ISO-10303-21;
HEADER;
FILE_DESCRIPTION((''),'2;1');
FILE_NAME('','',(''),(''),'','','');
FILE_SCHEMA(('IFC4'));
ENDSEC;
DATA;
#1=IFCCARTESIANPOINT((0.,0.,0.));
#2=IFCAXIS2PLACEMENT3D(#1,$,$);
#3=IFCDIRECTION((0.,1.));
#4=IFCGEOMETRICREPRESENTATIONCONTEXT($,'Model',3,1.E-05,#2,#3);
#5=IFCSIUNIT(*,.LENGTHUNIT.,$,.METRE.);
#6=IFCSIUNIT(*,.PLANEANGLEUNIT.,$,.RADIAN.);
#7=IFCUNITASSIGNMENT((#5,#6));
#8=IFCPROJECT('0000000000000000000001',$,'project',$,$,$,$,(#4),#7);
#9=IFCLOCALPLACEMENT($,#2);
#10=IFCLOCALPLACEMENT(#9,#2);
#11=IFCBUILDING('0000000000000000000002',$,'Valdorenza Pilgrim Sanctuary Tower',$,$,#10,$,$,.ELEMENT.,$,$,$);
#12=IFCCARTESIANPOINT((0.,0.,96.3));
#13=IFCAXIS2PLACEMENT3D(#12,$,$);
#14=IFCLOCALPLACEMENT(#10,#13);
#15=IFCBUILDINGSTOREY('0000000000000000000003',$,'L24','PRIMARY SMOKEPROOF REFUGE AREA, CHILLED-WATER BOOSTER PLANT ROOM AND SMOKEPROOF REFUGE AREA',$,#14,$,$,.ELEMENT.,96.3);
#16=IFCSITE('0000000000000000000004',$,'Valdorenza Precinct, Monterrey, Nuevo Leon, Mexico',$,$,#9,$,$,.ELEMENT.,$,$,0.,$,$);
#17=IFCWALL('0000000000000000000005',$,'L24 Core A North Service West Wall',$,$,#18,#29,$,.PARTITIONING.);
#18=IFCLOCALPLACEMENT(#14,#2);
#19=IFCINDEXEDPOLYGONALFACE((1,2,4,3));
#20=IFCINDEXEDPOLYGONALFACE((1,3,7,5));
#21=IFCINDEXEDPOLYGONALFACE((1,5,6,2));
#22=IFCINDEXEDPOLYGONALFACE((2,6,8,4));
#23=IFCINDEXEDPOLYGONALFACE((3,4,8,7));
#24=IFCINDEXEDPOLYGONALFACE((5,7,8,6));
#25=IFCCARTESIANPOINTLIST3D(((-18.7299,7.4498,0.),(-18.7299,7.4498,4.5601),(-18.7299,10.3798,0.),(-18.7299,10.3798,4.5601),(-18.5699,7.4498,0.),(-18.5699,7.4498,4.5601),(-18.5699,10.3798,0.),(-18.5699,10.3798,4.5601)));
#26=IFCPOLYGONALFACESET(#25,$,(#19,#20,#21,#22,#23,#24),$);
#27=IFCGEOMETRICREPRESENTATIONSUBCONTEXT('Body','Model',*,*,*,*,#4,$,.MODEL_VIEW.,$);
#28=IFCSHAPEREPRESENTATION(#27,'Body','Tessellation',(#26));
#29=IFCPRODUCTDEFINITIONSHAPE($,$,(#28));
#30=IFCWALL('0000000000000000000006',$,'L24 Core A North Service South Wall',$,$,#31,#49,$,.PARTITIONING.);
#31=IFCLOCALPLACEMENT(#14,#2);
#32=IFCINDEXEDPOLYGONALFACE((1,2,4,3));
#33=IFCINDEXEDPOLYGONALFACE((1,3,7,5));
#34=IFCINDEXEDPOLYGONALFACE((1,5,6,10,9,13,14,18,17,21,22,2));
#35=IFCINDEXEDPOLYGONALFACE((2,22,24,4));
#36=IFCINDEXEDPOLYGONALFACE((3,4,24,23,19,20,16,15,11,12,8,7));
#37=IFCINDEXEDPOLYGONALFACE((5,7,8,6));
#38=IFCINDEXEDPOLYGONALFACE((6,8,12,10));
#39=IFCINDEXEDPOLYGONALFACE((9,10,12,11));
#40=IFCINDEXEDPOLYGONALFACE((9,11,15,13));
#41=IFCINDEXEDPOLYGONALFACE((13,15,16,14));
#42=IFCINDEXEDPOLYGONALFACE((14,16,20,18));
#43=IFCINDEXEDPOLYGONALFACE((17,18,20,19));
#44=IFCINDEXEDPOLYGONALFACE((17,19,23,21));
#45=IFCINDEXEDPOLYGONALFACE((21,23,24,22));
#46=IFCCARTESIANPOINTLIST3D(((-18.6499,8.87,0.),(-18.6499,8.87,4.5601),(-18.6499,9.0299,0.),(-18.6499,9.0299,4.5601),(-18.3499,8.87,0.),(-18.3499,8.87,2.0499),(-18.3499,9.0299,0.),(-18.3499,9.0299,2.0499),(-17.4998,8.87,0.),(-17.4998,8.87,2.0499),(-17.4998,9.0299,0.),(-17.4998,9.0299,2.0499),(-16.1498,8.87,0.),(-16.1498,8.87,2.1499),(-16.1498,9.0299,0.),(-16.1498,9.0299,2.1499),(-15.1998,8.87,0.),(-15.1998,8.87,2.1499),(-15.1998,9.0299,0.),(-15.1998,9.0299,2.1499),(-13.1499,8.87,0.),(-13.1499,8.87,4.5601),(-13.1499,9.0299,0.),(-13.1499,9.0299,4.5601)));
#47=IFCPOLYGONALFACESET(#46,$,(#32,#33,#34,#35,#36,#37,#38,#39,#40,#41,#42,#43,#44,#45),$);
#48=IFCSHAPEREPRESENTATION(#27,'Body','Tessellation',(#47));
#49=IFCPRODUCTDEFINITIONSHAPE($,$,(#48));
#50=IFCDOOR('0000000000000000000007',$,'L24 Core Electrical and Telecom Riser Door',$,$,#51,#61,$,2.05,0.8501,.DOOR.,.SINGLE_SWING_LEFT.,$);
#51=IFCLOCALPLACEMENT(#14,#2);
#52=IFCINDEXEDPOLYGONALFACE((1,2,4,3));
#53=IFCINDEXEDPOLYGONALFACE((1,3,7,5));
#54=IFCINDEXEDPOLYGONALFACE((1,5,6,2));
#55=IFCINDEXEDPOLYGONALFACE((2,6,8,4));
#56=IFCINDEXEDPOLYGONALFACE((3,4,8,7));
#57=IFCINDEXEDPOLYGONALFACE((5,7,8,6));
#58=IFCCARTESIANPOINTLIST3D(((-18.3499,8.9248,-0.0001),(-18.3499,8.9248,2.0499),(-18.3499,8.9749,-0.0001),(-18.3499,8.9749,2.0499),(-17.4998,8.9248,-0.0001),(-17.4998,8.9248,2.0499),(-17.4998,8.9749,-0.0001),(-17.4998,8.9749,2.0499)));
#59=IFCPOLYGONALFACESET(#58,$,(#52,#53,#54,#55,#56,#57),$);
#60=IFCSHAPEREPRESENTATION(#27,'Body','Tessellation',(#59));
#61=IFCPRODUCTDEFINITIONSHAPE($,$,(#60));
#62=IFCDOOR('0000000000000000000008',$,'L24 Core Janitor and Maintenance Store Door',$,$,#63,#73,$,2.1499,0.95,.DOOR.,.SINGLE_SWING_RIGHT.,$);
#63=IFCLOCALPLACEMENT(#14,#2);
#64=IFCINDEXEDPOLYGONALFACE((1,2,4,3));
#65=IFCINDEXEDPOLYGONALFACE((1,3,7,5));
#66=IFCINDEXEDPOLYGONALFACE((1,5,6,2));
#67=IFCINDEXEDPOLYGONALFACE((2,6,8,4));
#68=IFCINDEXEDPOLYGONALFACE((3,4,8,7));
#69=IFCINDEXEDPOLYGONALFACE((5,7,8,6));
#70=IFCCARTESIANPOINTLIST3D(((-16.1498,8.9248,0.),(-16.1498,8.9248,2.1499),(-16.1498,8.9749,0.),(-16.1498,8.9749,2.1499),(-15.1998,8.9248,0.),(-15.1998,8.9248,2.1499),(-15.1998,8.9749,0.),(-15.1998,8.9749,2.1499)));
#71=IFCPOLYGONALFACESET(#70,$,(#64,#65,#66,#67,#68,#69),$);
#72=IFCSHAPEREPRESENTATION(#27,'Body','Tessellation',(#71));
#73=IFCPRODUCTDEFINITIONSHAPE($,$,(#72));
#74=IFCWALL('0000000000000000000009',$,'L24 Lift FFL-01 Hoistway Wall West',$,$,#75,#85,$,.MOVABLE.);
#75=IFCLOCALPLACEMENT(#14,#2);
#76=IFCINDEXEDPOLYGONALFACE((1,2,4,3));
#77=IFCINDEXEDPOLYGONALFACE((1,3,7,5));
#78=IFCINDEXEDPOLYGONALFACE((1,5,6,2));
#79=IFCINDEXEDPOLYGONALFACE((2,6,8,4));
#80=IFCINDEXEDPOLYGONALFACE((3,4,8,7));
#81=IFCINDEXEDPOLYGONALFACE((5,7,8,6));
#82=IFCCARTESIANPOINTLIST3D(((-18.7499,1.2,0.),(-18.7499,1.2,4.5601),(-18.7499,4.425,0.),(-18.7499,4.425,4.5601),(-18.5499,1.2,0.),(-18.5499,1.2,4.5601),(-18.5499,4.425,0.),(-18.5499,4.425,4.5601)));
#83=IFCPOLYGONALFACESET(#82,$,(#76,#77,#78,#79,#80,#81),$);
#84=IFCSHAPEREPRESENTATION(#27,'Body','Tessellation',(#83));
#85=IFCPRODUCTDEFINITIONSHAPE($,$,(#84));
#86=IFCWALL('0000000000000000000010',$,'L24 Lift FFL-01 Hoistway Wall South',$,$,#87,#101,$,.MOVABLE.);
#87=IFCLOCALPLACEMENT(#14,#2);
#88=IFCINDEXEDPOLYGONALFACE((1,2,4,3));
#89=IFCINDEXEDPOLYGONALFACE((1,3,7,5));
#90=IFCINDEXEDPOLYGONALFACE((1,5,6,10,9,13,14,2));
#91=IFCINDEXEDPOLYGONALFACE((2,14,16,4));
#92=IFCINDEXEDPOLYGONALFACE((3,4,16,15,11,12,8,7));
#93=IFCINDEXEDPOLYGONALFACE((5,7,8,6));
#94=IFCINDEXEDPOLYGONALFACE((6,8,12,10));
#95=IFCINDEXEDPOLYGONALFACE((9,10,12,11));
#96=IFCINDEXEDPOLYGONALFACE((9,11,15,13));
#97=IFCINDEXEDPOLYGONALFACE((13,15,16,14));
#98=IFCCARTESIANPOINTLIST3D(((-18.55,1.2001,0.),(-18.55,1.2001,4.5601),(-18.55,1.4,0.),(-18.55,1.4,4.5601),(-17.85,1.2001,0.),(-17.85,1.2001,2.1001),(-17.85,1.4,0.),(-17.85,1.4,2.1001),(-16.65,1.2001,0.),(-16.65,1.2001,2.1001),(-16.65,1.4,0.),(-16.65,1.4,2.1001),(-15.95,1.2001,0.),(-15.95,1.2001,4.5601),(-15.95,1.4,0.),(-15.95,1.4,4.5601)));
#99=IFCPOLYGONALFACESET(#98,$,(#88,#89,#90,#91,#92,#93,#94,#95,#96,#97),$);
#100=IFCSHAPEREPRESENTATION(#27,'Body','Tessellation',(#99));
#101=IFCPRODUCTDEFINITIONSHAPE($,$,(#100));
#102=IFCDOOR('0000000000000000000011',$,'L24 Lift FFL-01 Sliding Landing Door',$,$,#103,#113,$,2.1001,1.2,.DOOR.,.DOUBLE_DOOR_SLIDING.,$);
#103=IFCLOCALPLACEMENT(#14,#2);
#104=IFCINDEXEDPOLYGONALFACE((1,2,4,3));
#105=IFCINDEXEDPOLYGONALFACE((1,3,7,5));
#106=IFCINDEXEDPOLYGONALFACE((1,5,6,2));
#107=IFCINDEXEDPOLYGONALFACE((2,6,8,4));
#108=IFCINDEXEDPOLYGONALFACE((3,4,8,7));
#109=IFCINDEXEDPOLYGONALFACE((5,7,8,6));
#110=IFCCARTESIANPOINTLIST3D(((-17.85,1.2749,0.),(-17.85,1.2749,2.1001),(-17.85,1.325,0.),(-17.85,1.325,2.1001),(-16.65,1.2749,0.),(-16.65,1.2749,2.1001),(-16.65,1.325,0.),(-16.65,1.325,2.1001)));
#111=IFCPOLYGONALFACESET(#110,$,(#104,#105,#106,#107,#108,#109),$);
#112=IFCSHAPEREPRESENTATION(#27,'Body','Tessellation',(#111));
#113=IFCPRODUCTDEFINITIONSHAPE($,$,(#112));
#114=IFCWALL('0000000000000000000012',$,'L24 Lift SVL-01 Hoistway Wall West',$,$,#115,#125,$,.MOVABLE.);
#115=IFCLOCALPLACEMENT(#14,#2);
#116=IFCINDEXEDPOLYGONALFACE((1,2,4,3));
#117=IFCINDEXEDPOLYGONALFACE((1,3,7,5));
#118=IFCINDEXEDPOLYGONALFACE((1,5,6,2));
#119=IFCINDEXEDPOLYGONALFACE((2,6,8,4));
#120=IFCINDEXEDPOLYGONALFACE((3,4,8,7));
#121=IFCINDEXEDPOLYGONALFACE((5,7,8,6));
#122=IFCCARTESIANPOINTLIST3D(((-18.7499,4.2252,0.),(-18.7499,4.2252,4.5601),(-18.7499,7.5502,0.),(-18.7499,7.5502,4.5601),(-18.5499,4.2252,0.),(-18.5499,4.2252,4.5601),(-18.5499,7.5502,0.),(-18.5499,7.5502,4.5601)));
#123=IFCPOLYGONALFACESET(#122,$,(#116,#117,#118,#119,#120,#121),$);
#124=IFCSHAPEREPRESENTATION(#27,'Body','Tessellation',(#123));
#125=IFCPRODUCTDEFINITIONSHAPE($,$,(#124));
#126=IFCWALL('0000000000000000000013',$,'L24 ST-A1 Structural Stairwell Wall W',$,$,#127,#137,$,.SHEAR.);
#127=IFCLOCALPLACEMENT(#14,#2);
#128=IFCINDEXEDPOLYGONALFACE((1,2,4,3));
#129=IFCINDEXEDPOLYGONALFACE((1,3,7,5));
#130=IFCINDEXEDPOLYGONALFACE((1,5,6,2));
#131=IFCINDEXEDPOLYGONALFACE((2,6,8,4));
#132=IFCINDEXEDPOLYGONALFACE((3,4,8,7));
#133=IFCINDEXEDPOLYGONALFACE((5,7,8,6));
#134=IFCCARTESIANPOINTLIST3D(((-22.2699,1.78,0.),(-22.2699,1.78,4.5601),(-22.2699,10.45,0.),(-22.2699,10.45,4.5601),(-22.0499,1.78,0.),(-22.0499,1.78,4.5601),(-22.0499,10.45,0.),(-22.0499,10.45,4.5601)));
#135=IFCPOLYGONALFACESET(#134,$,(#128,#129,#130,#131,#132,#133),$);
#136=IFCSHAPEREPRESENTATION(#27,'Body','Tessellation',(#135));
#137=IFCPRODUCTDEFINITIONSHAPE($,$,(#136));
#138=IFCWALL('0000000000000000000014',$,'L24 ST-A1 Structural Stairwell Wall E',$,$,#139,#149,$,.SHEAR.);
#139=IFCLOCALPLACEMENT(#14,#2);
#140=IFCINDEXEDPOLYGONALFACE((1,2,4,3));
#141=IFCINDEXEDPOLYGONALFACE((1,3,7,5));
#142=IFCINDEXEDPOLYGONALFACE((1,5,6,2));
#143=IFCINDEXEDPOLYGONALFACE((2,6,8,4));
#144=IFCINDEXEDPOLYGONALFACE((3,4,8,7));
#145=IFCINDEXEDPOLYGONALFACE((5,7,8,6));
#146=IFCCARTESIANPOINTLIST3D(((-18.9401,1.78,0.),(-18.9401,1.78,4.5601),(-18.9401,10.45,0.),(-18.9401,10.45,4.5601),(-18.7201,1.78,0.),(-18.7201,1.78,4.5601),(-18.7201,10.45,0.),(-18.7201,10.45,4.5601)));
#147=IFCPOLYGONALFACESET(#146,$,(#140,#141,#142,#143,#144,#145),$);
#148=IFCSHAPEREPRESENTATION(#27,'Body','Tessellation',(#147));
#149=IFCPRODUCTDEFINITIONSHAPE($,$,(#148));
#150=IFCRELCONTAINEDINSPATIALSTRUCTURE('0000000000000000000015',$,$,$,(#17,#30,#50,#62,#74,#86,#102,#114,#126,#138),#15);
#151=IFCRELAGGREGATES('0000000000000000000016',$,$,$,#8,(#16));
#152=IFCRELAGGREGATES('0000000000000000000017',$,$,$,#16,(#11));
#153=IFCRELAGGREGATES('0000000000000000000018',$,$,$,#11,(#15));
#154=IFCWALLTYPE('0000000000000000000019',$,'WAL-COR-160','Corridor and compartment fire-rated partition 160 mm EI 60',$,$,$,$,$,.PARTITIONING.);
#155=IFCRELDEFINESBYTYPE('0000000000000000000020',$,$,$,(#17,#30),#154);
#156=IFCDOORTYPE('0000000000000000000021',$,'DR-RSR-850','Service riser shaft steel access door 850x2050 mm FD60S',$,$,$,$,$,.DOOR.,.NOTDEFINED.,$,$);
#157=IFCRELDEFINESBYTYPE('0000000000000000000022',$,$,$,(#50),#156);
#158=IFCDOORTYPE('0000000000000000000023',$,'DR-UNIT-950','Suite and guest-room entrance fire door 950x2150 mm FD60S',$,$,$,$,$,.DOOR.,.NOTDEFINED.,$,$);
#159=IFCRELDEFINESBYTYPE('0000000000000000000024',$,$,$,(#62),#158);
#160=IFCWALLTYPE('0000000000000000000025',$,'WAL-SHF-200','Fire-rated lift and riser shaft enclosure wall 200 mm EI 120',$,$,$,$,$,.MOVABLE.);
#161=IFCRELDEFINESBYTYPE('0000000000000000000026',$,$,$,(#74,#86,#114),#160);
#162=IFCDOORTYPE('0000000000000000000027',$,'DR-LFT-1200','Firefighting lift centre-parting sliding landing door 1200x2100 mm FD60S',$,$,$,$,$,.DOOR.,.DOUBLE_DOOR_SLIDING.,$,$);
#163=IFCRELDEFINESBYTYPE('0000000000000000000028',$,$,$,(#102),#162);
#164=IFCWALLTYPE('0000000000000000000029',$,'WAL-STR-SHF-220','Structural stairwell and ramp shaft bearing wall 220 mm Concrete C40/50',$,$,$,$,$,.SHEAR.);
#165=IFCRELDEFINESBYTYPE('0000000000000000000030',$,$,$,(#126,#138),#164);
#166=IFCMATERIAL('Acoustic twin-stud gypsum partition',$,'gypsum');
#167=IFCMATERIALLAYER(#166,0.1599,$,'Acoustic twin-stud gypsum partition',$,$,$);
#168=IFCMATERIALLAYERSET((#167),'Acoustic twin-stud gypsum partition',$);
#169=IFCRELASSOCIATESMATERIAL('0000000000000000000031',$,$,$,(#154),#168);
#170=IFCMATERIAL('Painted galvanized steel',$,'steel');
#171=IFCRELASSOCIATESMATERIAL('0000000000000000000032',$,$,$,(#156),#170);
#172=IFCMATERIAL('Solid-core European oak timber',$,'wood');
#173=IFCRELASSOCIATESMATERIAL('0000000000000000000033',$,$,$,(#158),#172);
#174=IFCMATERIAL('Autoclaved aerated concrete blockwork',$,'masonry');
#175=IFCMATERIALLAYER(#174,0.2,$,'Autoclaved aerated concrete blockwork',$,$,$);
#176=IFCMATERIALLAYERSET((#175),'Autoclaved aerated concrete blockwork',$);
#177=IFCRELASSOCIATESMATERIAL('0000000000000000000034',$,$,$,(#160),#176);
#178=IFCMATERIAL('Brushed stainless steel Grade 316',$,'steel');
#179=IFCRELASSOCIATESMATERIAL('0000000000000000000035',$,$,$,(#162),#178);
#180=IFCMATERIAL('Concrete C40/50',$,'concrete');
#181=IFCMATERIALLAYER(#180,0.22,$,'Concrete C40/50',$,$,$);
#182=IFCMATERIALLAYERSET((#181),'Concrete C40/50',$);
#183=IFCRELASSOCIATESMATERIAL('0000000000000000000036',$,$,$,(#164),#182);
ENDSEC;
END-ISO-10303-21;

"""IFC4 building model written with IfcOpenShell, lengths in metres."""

from ifc_helpers import new_model, si_unit, direction, frame, frame_2d, origin, place, context, subcontext, project, spatial, rectangle, extrude, material, layer, layer_set, type_object, element, fill, save


model = new_model("IFC4")

# Units and contexts
model_context = context("Model", 3, precision=1e-05, world=origin(), true_north=direction((0.0, 1.0)))
body_context = subcontext(model_context, "Body", "Model", "MODEL_VIEW")
ifc_project = project(units=[si_unit("LENGTHUNIT", "METRE"), si_unit("PLANEANGLEUNIT", "RADIAN")], contexts=[model_context])

# Site, building, storey
site_placement = place(None, origin())
site = spatial("IfcSite", under=ifc_project, at=site_placement, Name="Valdorenza Precinct, Monterrey, Nuevo Leon, Mexico", CompositionType="ELEMENT", RefElevation=0.0)
building_placement = place(site_placement, origin())
building = spatial("IfcBuilding", under=site, at=building_placement, Name="Valdorenza Pilgrim Sanctuary Tower", CompositionType="ELEMENT")
storey_placement = place(building_placement, frame((0.0, 0.0, 96.3)))
storey = spatial("IfcBuildingStorey", under=building, at=storey_placement, Name="L24", Description="PRIMARY SMOKEPROOF REFUGE AREA, CHILLED-WATER BOOSTER PLANT ROOM AND SMOKEPROOF REFUGE AREA", CompositionType="ELEMENT", Elevation=96.3)

# Wall
ifc_material_1 = material(Name="Acoustic twin-stud gypsum partition", Category="gypsum")
ifc_layer_1 = layer(ifc_material_1, 0.1599, Name="Acoustic twin-stud gypsum partition")
ifc_layer_set_1 = layer_set([ifc_layer_1], Name="Acoustic twin-stud gypsum partition")
wall_type_1 = type_object("IfcWallType", Name="WAL-COR-160", Description="Corridor and compartment fire-rated partition 160 mm EI 60", PredefinedType="PARTITIONING", material=ifc_layer_set_1)
wall_1_placement = place(storey_placement, frame((-18.6499, 7.45, 0.0), z_axis=(0.0, 0.0, 1.0), x_axis=(0.0, 1.0, 0.0)))
element("IfcWall", 1, at=wall_1_placement, inside=storey, type_object=wall_type_1, Name="L24 Core A North Service West Wall", PredefinedType="PARTITIONING", context=body_context, shape_type="SweptSolid", body=[
    extrude(rectangle(XDim=2.9299, YDim=0.1599, at=frame_2d((1.4648, 0.0))), origin(), (0.0, 0.0, 1.0), 4.5601),
])

# Wall, openings, doors
wall_2_placement = place(storey_placement, frame((-18.6499, 8.95, 0.0), z_axis=(0.0, 0.0, 1.0), x_axis=(1.0, 0.0, 0.0)))
wall_2 = element("IfcWall", 2, at=wall_2_placement, inside=storey, type_object=wall_type_1, Name="L24 Core A North Service South Wall", PredefinedType="PARTITIONING", context=body_context, shape_type="SweptSolid", body=[
    extrude(rectangle(XDim=5.5, YDim=0.1599, at=frame_2d((2.75, 0.0))), origin(), (0.0, 0.0, 1.0), 4.5601),
])
opening_1_placement = place(wall_2_placement, frame((0.3, 0.0, 0.0)))
opening_1 = element("IfcOpeningElement", 3, at=opening_1_placement, cuts=wall_2, PredefinedType="OPENING", context=body_context, shape_type="SweptSolid", body=[
    extrude(rectangle(XDim=0.8501, YDim=2.05, at=frame_2d((0.425, 1.0249))), frame((0.0, 0.0947, 0.0), z_axis=(0.0, -1.0, 0.0), x_axis=(1.0, 0.0, 0.0)), (0.0, 0.0, 1.0), 0.1897),
])
opening_2_placement = place(wall_2_placement, frame((2.5, 0.0, 0.0)))
opening_2 = element("IfcOpeningElement", 4, at=opening_2_placement, cuts=wall_2, PredefinedType="OPENING", context=body_context, shape_type="SweptSolid", body=[
    extrude(rectangle(XDim=0.95, YDim=2.1499, at=frame_2d((0.4751, 1.075))), frame((0.0, 0.0947, 0.0), z_axis=(0.0, -1.0, 0.0), x_axis=(1.0, 0.0, 0.0)), (0.0, 0.0, 1.0), 0.1897),
])
ifc_material_2 = material(Name="Painted galvanized steel", Category="steel")
door_type_1 = type_object("IfcDoorType", Name="DR-RSR-850", Description="Service riser shaft steel access door 850x2050 mm FD60S", OperationType="NOTDEFINED", PredefinedType="DOOR", material=ifc_material_2)
door_1_placement = place(opening_1_placement, origin())
door_1 = element("IfcDoor", 5, at=door_1_placement, inside=storey, type_object=door_type_1, Name="L24 Core Electrical and Telecom Riser Door", OperationType="SINGLE_SWING_LEFT", OverallHeight=2.05, OverallWidth=0.8501, PredefinedType="DOOR", context=body_context, shape_type="SweptSolid", body=[
    extrude(rectangle(XDim=0.8501, YDim=2.05, at=frame_2d((0.425, 1.0249))), frame((0.0, 0.0249, 0.0), z_axis=(0.0, -1.0, 0.0), x_axis=(1.0, 0.0, 0.0)), (0.0, 0.0, 1.0), 0.05),
])
fill(opening_1, door_1)
ifc_material_3 = material(Name="Solid-core European oak timber", Category="wood")
door_type_2 = type_object("IfcDoorType", Name="DR-UNIT-950", Description="Suite and guest-room entrance fire door 950x2150 mm FD60S", OperationType="NOTDEFINED", PredefinedType="DOOR", material=ifc_material_3)
door_2_placement = place(opening_2_placement, origin())
door_2 = element("IfcDoor", 6, at=door_2_placement, inside=storey, type_object=door_type_2, Name="L24 Core Janitor and Maintenance Store Door", OperationType="SINGLE_SWING_RIGHT", OverallHeight=2.1499, OverallWidth=0.95, PredefinedType="DOOR", context=body_context, shape_type="SweptSolid", body=[
    extrude(rectangle(XDim=0.95, YDim=2.1499, at=frame_2d((0.4751, 1.075))), frame((0.0, 0.0249, 0.0), z_axis=(0.0, -1.0, 0.0), x_axis=(1.0, 0.0, 0.0)), (0.0, 0.0, 1.0), 0.05),
])
fill(opening_2, door_2)

# Wall
ifc_material_4 = material(Name="Autoclaved aerated concrete blockwork", Category="masonry")
ifc_layer_2 = layer(ifc_material_4, 0.2, Name="Autoclaved aerated concrete blockwork")
ifc_layer_set_2 = layer_set([ifc_layer_2], Name="Autoclaved aerated concrete blockwork")
wall_type_2 = type_object("IfcWallType", Name="WAL-SHF-200", Description="Fire-rated lift and riser shaft enclosure wall 200 mm EI 120", PredefinedType="MOVABLE", material=ifc_layer_set_2)
wall_3_placement = place(storey_placement, frame((-18.6499, 1.2, 0.0), z_axis=(0.0, 0.0, 1.0), x_axis=(0.0, 1.0, 0.0)))
element("IfcWall", 7, at=wall_3_placement, inside=storey, type_object=wall_type_2, Name="L24 Lift FFL-01 Hoistway Wall West", PredefinedType="MOVABLE", context=body_context, shape_type="SweptSolid", body=[
    extrude(rectangle(XDim=3.2251, YDim=0.2, at=frame_2d((1.6125, 0.0))), origin(), (0.0, 0.0, 1.0), 4.5601),
])

# Wall, opening, door
wall_4_placement = place(storey_placement, frame((-18.55, 1.3, 0.0), z_axis=(0.0, 0.0, 1.0), x_axis=(1.0, 0.0, 0.0)))
wall_4 = element("IfcWall", 8, at=wall_4_placement, inside=storey, type_object=wall_type_2, Name="L24 Lift FFL-01 Hoistway Wall South", PredefinedType="MOVABLE", context=body_context, shape_type="SweptSolid", body=[
    extrude(rectangle(XDim=2.6001, YDim=0.2, at=frame_2d((1.3, 0.0))), origin(), (0.0, 0.0, 1.0), 4.5601),
])
opening_3_placement = place(wall_4_placement, frame((0.7, 0.0, 0.0)))
opening_3 = element("IfcOpeningElement", 9, at=opening_3_placement, cuts=wall_4, PredefinedType="OPENING", context=body_context, shape_type="SweptSolid", body=[
    extrude(rectangle(XDim=1.2, YDim=2.1001, at=frame_2d((0.6001, 1.05))), frame((0.0, 0.1147, 0.0), z_axis=(0.0, -1.0, 0.0), x_axis=(1.0, 0.0, 0.0)), (0.0, 0.0, 1.0), 0.2297),
])
ifc_material_5 = material(Name="Brushed stainless steel Grade 316", Category="steel")
door_type_3 = type_object("IfcDoorType", Name="DR-LFT-1200", Description="Firefighting lift centre-parting sliding landing door 1200x2100 mm FD60S", OperationType="DOUBLE_DOOR_SLIDING", PredefinedType="DOOR", material=ifc_material_5)
door_3_placement = place(opening_3_placement, origin())
door_3 = element("IfcDoor", 10, at=door_3_placement, inside=storey, type_object=door_type_3, Name="L24 Lift FFL-01 Sliding Landing Door", OperationType="DOUBLE_DOOR_SLIDING", OverallHeight=2.1001, OverallWidth=1.2, PredefinedType="DOOR", context=body_context, shape_type="SweptSolid", body=[
    extrude(rectangle(XDim=1.2, YDim=2.1001, at=frame_2d((0.6001, 1.05))), frame((0.0, 0.0249, 0.0), z_axis=(0.0, -1.0, 0.0), x_axis=(1.0, 0.0, 0.0)), (0.0, 0.0, 1.0), 0.05),
])
fill(opening_3, door_3)

# Walls
wall_5_placement = place(storey_placement, frame((-18.6499, 4.2251, 0.0), z_axis=(0.0, 0.0, 1.0), x_axis=(0.0, 1.0, 0.0)))
element("IfcWall", 11, at=wall_5_placement, inside=storey, type_object=wall_type_2, Name="L24 Lift SVL-01 Hoistway Wall West", PredefinedType="MOVABLE", context=body_context, shape_type="SweptSolid", body=[
    extrude(rectangle(XDim=3.325, YDim=0.2, at=frame_2d((1.6626, 0.0))), origin(), (0.0, 0.0, 1.0), 4.5601),
])
ifc_material_6 = material(Name="Concrete C40/50", Category="concrete")
ifc_layer_3 = layer(ifc_material_6, 0.22, Name="Concrete C40/50")
ifc_layer_set_3 = layer_set([ifc_layer_3], Name="Concrete C40/50")
wall_type_3 = type_object("IfcWallType", Name="WAL-STR-SHF-220", Description="Structural stairwell and ramp shaft bearing wall 220 mm Concrete C40/50", PredefinedType="SHEAR", material=ifc_layer_set_3)
for number, where, z_axis, x_axis, name in (
    (12, (-22.1599, 1.78, 0.0), (0.0, 0.0, 1.0), (0.0, 1.0, 0.0), "L24 ST-A1 Structural Stairwell Wall W"),
    (13, (-18.8301, 1.78, 0.0), (0.0, 0.0, 1.0), (0.0, 1.0, 0.0), "L24 ST-A1 Structural Stairwell Wall E"),
):
    element("IfcWall", number, at=place(storey_placement, frame(where, z_axis=z_axis, x_axis=x_axis)), inside=storey, type_object=wall_type_3, Name=name, PredefinedType="SHEAR", context=body_context, shape_type="SweptSolid", body=[
        extrude(rectangle(XDim=8.6699, YDim=0.22, at=frame_2d((4.335, 0.0))), origin(), (0.0, 0.0, 1.0), 4.5601),
    ])

save(model, "model.ifc")
